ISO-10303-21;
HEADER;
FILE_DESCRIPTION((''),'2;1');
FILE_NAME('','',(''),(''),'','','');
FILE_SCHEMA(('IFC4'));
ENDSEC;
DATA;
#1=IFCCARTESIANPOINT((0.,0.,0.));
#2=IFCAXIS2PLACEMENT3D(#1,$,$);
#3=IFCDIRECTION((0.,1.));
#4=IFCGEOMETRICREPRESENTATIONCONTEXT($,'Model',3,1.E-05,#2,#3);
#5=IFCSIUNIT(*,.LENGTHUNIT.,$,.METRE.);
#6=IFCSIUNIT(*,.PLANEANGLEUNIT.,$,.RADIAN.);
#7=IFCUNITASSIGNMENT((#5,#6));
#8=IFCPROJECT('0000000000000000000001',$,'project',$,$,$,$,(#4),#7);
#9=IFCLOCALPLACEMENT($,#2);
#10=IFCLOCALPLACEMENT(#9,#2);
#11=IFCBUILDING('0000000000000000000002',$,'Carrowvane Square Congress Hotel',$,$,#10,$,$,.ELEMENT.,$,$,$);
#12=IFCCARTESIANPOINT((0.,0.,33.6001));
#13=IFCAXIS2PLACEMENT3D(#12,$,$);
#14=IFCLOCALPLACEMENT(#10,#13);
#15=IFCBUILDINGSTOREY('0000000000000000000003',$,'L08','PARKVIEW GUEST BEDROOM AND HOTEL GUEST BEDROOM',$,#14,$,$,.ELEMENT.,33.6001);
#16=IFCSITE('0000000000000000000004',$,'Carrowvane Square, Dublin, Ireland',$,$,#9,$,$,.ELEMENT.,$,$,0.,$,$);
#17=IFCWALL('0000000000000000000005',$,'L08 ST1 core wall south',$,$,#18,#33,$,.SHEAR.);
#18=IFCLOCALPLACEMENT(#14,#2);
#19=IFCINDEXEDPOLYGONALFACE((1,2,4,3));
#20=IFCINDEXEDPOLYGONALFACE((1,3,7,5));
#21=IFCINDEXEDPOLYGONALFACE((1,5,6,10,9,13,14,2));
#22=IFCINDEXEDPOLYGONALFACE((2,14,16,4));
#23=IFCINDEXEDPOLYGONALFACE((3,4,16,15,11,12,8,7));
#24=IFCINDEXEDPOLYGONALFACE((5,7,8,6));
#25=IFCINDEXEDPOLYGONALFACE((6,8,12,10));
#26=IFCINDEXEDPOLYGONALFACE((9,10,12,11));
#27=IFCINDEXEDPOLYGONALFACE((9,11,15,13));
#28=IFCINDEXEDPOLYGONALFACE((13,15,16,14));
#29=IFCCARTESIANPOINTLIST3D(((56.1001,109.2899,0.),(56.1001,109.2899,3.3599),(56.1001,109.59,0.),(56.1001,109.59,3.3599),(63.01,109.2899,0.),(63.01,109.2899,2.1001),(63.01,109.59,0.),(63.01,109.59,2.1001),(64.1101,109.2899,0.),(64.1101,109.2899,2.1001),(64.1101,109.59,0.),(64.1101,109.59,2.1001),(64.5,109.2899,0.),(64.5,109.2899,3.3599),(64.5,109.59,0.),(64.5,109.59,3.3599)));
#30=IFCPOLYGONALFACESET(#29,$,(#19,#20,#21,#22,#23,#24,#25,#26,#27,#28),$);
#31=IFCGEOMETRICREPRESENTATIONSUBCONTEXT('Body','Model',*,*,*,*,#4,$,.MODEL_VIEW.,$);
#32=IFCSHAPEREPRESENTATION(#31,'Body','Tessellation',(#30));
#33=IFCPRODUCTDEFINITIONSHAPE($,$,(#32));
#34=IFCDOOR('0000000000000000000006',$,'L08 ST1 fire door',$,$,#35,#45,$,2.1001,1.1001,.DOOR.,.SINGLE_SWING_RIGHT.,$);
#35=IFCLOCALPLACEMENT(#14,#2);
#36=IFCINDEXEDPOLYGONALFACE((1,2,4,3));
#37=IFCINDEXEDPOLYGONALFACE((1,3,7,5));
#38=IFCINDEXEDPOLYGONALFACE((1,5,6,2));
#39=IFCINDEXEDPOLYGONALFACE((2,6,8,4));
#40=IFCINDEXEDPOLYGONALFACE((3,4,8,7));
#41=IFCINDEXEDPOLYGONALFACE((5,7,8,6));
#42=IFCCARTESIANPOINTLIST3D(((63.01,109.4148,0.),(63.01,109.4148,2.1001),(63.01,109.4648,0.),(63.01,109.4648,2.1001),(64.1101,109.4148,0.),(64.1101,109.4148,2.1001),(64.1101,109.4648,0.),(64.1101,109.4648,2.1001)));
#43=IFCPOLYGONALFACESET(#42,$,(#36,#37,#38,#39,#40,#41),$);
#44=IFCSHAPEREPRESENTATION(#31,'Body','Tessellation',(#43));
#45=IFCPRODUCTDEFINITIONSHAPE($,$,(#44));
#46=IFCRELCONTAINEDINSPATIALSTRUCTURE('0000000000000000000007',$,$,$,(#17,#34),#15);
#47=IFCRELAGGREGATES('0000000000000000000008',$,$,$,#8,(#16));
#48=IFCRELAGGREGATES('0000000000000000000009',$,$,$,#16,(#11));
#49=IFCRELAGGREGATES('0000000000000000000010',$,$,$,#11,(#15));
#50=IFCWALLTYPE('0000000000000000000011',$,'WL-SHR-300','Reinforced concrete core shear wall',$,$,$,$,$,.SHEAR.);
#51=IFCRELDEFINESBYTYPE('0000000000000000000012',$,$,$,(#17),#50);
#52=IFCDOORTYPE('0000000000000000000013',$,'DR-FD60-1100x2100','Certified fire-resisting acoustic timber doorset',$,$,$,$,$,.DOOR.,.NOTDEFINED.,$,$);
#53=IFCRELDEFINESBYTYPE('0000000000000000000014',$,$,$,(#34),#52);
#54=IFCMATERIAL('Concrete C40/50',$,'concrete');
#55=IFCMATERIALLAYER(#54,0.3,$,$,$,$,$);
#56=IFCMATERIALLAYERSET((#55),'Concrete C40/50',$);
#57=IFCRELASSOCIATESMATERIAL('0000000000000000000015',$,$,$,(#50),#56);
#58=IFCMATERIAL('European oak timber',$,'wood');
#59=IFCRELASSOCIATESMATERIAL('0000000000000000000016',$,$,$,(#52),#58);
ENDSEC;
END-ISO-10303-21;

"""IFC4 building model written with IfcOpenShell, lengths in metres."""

from ifc_helpers import new_model, si_unit, direction, frame, frame_2d, origin, place, context, subcontext, project, spatial, rectangle, extrude, material, layer, layer_set, type_object, element, fill, save


model = new_model("IFC4")

# Units and contexts
model_context = context("Model", 3, precision=1e-05, world=origin(), true_north=direction((0.0, 1.0)))
body_context = subcontext(model_context, "Body", "Model", "MODEL_VIEW")
ifc_project = project(units=[si_unit("LENGTHUNIT", "METRE"), si_unit("PLANEANGLEUNIT", "RADIAN")], contexts=[model_context])

# Site, building, storey
site_placement = place(None, origin())
site = spatial("IfcSite", under=ifc_project, at=site_placement, Name="Carrowvane Square, Dublin, Ireland", CompositionType="ELEMENT", RefElevation=0.0)
building_placement = place(site_placement, origin())
building = spatial("IfcBuilding", under=site, at=building_placement, Name="Carrowvane Square Congress Hotel", CompositionType="ELEMENT")
storey_placement = place(building_placement, frame((0.0, 0.0, 33.6001)))
storey = spatial("IfcBuildingStorey", under=building, at=storey_placement, Name="L08", Description="PARKVIEW GUEST BEDROOM AND HOTEL GUEST BEDROOM", CompositionType="ELEMENT", Elevation=33.6001)

# Wall, opening, door
ifc_material_1 = material(Name="Concrete C40/50", Category="concrete")
ifc_layer_1 = layer(ifc_material_1, 0.3)
ifc_layer_set_1 = layer_set([ifc_layer_1], Name="Concrete C40/50")
wall_type_1 = type_object("IfcWallType", Name="WL-SHR-300", Description="Reinforced concrete core shear wall", PredefinedType="SHEAR", material=ifc_layer_set_1)
wall_1_placement = place(storey_placement, frame((56.1001, 109.4399, 0.0), z_axis=(0.0, 0.0, 1.0), x_axis=(1.0, 0.0, 0.0)))
wall_1 = element("IfcWall", 1, at=wall_1_placement, inside=storey, type_object=wall_type_1, Name="L08 ST1 core wall south", PredefinedType="SHEAR", context=body_context, shape_type="SweptSolid", body=[
    extrude(rectangle(XDim=8.3999, YDim=0.3, at=frame_2d((4.2, 0.0))), origin(), (0.0, 0.0, 1.0), 3.3599),
])
opening_1_placement = place(wall_1_placement, frame((6.9099, 0.0, 0.0)))
opening_1 = element("IfcOpeningElement", 2, at=opening_1_placement, cuts=wall_1, PredefinedType="OPENING", context=body_context, shape_type="SweptSolid", body=[
    extrude(rectangle(XDim=1.1001, YDim=2.1001, at=frame_2d((0.55, 1.05))), frame((0.0, 0.1599, 0.0), z_axis=(0.0, -1.0, 0.0), x_axis=(1.0, 0.0, 0.0)), (0.0, 0.0, 1.0), 0.3201),
])
ifc_material_2 = material(Name="European oak timber", Category="wood")
door_type_1 = type_object("IfcDoorType", Name="DR-FD60-1100x2100", Description="Certified fire-resisting acoustic timber doorset", OperationType="NOTDEFINED", PredefinedType="DOOR", material=ifc_material_2)
door_1_placement = place(opening_1_placement, origin())
door_1 = element("IfcDoor", 3, at=door_1_placement, inside=storey, type_object=door_type_1, Name="L08 ST1 fire door", OperationType="SINGLE_SWING_RIGHT", OverallHeight=2.1001, OverallWidth=1.1001, PredefinedType="DOOR", context=body_context, shape_type="SweptSolid", body=[
    extrude(rectangle(XDim=1.1001, YDim=2.1001, at=frame_2d((0.55, 1.05))), frame((0.0, 0.0249, 0.0), z_axis=(0.0, -1.0, 0.0), x_axis=(1.0, 0.0, 0.0)), (0.0, 0.0, 1.0), 0.05),
])
fill(opening_1, door_1)

save(model, "model.ifc")
